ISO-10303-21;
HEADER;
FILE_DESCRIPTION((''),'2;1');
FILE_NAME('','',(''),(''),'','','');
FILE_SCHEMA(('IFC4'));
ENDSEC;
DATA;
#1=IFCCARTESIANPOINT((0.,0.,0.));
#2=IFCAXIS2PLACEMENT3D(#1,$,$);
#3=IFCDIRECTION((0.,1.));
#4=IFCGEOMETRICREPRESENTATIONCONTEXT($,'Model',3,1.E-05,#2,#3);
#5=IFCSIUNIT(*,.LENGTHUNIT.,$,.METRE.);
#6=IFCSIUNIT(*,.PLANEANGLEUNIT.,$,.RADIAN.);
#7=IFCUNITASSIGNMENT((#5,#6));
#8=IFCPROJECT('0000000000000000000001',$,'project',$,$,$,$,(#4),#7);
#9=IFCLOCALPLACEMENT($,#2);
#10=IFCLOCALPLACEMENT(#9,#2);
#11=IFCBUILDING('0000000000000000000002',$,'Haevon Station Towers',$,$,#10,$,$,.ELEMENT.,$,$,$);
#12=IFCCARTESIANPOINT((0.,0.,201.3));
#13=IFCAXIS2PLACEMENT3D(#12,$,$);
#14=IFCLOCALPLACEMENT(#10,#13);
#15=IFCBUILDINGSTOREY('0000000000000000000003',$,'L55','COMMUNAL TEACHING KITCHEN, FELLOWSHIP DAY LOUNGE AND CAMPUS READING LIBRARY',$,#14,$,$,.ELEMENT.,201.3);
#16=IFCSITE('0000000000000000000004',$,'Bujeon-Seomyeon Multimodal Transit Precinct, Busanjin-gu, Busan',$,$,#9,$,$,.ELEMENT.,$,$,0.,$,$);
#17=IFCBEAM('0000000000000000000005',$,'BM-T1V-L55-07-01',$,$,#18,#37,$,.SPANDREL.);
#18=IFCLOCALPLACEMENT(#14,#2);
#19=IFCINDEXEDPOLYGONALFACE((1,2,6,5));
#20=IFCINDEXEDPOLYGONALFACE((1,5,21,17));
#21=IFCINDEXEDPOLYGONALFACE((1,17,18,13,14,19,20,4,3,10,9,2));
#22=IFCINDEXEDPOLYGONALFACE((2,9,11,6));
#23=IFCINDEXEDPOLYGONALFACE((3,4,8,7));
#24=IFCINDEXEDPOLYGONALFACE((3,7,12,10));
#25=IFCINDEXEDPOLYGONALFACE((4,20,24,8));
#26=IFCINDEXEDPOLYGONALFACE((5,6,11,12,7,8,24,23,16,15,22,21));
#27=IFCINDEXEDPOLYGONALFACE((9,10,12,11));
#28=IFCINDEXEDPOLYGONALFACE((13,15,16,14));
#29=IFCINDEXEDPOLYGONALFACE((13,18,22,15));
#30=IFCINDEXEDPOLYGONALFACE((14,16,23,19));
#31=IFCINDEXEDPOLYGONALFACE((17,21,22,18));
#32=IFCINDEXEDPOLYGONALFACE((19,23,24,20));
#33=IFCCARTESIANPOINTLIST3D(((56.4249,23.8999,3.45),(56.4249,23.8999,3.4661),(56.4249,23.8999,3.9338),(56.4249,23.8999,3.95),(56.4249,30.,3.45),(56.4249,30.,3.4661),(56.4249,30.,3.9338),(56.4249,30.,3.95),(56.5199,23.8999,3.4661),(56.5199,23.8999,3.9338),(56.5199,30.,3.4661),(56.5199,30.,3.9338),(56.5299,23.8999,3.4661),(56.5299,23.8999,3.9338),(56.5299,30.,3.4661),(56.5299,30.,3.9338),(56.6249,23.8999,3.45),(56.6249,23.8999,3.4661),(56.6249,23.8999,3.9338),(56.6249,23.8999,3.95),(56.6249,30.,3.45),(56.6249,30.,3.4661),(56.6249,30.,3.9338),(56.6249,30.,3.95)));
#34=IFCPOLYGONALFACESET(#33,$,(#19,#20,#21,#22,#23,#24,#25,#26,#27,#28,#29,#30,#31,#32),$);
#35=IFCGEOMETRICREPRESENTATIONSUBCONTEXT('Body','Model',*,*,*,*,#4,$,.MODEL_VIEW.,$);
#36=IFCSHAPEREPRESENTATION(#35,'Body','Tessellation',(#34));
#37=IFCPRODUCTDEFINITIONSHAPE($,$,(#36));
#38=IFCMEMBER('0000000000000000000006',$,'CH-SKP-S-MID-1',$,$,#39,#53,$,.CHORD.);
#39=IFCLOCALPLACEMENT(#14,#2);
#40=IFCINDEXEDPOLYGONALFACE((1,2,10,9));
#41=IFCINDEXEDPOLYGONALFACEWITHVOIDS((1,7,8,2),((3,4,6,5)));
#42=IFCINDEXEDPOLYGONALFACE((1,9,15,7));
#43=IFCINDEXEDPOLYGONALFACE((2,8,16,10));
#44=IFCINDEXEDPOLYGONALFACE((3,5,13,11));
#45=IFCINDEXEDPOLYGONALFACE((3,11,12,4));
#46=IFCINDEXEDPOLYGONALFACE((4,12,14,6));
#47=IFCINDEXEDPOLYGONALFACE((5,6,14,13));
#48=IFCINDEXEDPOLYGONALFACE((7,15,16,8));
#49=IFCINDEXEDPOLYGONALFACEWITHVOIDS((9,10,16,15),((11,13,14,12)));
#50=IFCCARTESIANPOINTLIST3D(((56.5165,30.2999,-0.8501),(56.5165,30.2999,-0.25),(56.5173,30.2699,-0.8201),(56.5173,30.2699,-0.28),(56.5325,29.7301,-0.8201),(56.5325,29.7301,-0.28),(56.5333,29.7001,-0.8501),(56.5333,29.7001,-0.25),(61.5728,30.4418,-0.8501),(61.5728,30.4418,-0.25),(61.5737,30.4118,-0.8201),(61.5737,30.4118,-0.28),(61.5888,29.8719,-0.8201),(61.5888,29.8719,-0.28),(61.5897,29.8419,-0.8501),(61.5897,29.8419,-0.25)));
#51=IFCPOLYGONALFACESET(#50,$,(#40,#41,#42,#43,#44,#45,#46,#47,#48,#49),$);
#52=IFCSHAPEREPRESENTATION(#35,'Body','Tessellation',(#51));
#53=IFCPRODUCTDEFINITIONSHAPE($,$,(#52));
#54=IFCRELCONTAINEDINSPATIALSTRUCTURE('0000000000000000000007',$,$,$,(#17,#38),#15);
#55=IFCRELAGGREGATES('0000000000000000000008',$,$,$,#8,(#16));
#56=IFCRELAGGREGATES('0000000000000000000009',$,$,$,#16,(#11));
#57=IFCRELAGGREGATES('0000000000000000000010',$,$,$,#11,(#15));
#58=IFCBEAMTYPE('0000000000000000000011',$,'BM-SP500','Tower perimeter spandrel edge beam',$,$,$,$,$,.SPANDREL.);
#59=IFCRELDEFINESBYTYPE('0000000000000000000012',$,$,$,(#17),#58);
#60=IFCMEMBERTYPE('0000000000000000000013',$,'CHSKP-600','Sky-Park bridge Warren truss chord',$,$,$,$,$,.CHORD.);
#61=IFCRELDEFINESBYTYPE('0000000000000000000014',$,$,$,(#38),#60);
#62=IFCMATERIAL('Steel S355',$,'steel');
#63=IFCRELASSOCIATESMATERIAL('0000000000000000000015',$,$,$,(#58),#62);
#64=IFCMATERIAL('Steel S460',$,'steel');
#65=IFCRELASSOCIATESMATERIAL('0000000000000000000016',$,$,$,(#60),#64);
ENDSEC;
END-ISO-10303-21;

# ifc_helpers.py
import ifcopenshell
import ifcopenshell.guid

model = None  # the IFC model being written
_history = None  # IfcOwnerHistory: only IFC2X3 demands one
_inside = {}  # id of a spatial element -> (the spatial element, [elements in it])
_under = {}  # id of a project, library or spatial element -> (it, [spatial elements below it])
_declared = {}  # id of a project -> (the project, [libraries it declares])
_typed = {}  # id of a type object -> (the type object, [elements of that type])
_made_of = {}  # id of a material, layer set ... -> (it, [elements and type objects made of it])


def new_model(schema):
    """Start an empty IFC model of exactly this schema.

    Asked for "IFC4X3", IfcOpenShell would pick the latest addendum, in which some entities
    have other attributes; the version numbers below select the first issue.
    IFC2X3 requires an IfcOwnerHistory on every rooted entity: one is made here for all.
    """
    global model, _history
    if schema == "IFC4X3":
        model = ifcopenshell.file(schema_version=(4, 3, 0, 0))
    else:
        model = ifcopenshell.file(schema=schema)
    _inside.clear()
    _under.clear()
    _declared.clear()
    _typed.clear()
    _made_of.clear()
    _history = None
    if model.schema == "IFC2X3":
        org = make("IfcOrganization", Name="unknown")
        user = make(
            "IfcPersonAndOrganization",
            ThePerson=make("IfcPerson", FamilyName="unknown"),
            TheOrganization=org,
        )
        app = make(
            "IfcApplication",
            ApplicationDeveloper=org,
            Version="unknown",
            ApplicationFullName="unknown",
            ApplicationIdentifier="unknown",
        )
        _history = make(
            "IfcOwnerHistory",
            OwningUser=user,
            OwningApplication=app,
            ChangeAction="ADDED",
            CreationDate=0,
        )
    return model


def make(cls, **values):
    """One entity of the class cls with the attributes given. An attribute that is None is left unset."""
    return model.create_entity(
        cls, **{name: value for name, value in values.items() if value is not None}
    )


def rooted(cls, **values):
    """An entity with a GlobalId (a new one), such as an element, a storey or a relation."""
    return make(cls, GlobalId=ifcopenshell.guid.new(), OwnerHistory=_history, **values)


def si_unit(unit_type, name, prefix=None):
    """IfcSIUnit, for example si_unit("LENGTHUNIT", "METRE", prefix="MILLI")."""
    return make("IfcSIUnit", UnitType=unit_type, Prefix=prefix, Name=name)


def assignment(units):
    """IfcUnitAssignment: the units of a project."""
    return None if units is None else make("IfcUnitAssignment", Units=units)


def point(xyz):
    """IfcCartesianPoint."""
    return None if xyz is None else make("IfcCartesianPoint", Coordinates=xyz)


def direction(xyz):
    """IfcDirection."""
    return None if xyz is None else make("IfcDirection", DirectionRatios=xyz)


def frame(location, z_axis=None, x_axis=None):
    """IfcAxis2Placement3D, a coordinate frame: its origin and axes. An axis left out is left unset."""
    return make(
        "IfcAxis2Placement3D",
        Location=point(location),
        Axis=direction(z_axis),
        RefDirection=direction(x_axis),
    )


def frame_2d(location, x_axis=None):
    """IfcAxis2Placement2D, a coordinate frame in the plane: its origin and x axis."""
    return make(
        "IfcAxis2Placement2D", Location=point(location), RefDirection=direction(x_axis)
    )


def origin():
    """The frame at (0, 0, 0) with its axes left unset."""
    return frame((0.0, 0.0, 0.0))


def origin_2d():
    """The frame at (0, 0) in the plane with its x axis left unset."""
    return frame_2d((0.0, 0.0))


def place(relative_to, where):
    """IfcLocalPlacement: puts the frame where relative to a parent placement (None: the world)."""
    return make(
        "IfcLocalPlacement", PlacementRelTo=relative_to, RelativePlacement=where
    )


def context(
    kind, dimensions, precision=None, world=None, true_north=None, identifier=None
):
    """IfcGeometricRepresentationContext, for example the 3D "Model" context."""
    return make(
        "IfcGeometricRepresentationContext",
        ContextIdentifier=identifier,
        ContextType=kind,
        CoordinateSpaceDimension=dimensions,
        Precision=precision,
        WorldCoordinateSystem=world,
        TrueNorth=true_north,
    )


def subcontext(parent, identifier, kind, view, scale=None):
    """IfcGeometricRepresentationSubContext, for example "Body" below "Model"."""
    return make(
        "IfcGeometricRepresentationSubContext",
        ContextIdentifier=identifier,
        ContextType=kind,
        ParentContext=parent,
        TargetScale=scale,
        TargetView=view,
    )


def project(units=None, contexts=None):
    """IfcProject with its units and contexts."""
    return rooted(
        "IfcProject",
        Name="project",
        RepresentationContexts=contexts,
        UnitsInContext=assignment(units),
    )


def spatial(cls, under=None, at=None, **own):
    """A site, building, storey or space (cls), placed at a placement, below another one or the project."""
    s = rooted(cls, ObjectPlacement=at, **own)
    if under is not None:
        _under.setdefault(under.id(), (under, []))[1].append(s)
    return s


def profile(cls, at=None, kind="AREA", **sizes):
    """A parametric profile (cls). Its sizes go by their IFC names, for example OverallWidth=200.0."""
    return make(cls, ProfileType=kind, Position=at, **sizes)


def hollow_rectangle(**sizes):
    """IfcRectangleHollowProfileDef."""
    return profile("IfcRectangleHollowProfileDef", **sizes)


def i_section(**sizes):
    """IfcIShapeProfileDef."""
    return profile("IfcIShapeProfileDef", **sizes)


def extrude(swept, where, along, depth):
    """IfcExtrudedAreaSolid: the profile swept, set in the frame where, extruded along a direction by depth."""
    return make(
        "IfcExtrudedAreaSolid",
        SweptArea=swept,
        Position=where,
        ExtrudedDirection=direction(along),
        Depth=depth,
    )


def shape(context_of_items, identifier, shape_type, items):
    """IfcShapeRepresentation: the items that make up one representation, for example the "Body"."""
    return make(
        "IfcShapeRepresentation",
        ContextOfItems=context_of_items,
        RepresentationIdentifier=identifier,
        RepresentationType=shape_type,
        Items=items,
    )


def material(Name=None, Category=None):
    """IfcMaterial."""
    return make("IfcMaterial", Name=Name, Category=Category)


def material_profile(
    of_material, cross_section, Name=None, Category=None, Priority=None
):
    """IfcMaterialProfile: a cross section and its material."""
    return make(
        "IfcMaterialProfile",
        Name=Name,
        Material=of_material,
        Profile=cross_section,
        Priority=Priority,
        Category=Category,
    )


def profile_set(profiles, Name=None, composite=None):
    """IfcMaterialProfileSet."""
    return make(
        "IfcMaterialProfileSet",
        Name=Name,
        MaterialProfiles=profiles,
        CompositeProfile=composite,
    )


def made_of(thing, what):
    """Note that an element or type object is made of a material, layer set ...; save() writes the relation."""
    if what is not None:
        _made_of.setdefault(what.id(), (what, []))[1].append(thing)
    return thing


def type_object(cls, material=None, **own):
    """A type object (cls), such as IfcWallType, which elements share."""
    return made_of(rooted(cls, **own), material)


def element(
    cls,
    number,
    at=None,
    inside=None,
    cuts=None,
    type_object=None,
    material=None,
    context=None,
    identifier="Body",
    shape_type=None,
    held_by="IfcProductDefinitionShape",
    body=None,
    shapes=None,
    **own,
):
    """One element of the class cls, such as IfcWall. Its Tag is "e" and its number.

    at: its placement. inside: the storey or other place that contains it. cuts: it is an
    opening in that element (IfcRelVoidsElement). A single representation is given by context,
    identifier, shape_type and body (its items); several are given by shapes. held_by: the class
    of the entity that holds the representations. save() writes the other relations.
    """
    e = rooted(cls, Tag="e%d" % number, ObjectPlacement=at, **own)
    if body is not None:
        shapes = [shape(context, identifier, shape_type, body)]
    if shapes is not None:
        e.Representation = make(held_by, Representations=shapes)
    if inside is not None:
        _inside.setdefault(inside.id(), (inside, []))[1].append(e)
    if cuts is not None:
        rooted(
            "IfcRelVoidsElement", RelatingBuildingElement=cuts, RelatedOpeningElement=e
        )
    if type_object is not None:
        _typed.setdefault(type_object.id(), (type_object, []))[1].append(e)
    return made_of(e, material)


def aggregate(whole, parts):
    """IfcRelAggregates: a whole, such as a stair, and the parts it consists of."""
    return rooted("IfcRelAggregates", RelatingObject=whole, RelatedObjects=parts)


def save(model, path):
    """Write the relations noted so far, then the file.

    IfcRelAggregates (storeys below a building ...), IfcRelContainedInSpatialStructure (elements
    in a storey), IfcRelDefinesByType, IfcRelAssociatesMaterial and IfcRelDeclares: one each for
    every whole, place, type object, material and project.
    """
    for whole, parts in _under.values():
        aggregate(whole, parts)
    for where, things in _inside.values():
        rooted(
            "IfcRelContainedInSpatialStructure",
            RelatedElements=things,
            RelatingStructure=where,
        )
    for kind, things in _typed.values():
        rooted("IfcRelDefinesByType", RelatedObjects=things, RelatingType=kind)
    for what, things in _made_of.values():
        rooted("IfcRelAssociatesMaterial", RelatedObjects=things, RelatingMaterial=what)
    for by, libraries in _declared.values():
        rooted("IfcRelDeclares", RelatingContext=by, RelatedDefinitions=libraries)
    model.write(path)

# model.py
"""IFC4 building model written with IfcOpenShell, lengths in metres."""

from ifc_helpers import new_model, si_unit, direction, frame, origin, origin_2d, place, context, subcontext, project, spatial, hollow_rectangle, i_section, extrude, material, material_profile, profile_set, type_object, element, save


model = new_model("IFC4")

# Units and contexts
model_context = context("Model", 3, precision=1e-05, world=origin(), true_north=direction((0.0, 1.0)))
body_context = subcontext(model_context, "Body", "Model", "MODEL_VIEW")
ifc_project = project(units=[si_unit("LENGTHUNIT", "METRE"), si_unit("PLANEANGLEUNIT", "RADIAN")], contexts=[model_context])

# Site, building, storey
site_placement = place(None, origin())
site = spatial("IfcSite", under=ifc_project, at=site_placement, Name="Bujeon-Seomyeon Multimodal Transit Precinct, Busanjin-gu, Busan", CompositionType="ELEMENT", RefElevation=0.0)
building_placement = place(site_placement, origin())
building = spatial("IfcBuilding", under=site, at=building_placement, Name="Haevon Station Towers", CompositionType="ELEMENT")
storey_placement = place(building_placement, frame((0.0, 0.0, 201.3)))
storey = spatial("IfcBuildingStorey", under=building, at=storey_placement, Name="L55", Description="COMMUNAL TEACHING KITCHEN, FELLOWSHIP DAY LOUNGE AND CAMPUS READING LIBRARY", CompositionType="ELEMENT", Elevation=201.3)

# Shared definitions
ifc_material_1 = material(Name="Steel S460", Category="steel")
ifc_material_2 = material(Name="Steel S355", Category="steel")

# Beam
ifc_material_profile_1 = material_profile(ifc_material_2, i_section(OverallWidth=0.2, OverallDepth=0.5, WebThickness=0.01, FlangeThickness=0.0161, at=origin_2d()), Name="H-500x200x10x16")
ifc_profile_set_1 = profile_set([ifc_material_profile_1], Name="Steel S355")
beam_type_1 = type_object("IfcBeamType", Name="BM-SP500", Description="Tower perimeter spandrel edge beam", PredefinedType="SPANDREL", material=ifc_profile_set_1)
beam_1_placement = place(storey_placement, frame((56.5249, 23.8999, 3.7), z_axis=(0.0, 1.0, 0.0), x_axis=(-1.0, 0.0, 0.0)))
element("IfcBeam", 1, at=beam_1_placement, inside=storey, type_object=beam_type_1, Name="BM-T1V-L55-07-01", PredefinedType="SPANDREL", context=body_context, shape_type="SweptSolid", body=[
    extrude(i_section(OverallWidth=0.2, OverallDepth=0.5, WebThickness=0.01, FlangeThickness=0.0161, at=origin_2d()), origin(), (0.0, 0.0, 1.0), 6.1001),
])

# Member
ifc_material_profile_2 = material_profile(ifc_material_1, hollow_rectangle(XDim=0.6001, YDim=0.6001, WallThickness=0.03, at=origin_2d()), Name="RHS-600x600x30")
ifc_profile_set_2 = profile_set([ifc_material_profile_2], Name="Steel S460")
member_type = type_object("IfcMemberType", Name="CHSKP-600", Description="Sky-Park bridge Warren truss chord", PredefinedType="CHORD", material=ifc_profile_set_2)
member_placement = place(storey_placement, frame((56.5249, 30.0, -0.55), z_axis=(0.999607, 0.028042, 0.0), x_axis=(-0.028042, 0.999607, 0.0)))
element("IfcMember", 2, at=member_placement, inside=storey, type_object=member_type, Name="CH-SKP-S-MID-1", PredefinedType="CHORD", context=body_context, shape_type="SweptSolid", body=[
    extrude(hollow_rectangle(XDim=0.6001, YDim=0.6001, WallThickness=0.03, at=origin_2d()), origin(), (0.0, 0.0, 1.0), 5.0583),
])

save(model, "model.ifc")
